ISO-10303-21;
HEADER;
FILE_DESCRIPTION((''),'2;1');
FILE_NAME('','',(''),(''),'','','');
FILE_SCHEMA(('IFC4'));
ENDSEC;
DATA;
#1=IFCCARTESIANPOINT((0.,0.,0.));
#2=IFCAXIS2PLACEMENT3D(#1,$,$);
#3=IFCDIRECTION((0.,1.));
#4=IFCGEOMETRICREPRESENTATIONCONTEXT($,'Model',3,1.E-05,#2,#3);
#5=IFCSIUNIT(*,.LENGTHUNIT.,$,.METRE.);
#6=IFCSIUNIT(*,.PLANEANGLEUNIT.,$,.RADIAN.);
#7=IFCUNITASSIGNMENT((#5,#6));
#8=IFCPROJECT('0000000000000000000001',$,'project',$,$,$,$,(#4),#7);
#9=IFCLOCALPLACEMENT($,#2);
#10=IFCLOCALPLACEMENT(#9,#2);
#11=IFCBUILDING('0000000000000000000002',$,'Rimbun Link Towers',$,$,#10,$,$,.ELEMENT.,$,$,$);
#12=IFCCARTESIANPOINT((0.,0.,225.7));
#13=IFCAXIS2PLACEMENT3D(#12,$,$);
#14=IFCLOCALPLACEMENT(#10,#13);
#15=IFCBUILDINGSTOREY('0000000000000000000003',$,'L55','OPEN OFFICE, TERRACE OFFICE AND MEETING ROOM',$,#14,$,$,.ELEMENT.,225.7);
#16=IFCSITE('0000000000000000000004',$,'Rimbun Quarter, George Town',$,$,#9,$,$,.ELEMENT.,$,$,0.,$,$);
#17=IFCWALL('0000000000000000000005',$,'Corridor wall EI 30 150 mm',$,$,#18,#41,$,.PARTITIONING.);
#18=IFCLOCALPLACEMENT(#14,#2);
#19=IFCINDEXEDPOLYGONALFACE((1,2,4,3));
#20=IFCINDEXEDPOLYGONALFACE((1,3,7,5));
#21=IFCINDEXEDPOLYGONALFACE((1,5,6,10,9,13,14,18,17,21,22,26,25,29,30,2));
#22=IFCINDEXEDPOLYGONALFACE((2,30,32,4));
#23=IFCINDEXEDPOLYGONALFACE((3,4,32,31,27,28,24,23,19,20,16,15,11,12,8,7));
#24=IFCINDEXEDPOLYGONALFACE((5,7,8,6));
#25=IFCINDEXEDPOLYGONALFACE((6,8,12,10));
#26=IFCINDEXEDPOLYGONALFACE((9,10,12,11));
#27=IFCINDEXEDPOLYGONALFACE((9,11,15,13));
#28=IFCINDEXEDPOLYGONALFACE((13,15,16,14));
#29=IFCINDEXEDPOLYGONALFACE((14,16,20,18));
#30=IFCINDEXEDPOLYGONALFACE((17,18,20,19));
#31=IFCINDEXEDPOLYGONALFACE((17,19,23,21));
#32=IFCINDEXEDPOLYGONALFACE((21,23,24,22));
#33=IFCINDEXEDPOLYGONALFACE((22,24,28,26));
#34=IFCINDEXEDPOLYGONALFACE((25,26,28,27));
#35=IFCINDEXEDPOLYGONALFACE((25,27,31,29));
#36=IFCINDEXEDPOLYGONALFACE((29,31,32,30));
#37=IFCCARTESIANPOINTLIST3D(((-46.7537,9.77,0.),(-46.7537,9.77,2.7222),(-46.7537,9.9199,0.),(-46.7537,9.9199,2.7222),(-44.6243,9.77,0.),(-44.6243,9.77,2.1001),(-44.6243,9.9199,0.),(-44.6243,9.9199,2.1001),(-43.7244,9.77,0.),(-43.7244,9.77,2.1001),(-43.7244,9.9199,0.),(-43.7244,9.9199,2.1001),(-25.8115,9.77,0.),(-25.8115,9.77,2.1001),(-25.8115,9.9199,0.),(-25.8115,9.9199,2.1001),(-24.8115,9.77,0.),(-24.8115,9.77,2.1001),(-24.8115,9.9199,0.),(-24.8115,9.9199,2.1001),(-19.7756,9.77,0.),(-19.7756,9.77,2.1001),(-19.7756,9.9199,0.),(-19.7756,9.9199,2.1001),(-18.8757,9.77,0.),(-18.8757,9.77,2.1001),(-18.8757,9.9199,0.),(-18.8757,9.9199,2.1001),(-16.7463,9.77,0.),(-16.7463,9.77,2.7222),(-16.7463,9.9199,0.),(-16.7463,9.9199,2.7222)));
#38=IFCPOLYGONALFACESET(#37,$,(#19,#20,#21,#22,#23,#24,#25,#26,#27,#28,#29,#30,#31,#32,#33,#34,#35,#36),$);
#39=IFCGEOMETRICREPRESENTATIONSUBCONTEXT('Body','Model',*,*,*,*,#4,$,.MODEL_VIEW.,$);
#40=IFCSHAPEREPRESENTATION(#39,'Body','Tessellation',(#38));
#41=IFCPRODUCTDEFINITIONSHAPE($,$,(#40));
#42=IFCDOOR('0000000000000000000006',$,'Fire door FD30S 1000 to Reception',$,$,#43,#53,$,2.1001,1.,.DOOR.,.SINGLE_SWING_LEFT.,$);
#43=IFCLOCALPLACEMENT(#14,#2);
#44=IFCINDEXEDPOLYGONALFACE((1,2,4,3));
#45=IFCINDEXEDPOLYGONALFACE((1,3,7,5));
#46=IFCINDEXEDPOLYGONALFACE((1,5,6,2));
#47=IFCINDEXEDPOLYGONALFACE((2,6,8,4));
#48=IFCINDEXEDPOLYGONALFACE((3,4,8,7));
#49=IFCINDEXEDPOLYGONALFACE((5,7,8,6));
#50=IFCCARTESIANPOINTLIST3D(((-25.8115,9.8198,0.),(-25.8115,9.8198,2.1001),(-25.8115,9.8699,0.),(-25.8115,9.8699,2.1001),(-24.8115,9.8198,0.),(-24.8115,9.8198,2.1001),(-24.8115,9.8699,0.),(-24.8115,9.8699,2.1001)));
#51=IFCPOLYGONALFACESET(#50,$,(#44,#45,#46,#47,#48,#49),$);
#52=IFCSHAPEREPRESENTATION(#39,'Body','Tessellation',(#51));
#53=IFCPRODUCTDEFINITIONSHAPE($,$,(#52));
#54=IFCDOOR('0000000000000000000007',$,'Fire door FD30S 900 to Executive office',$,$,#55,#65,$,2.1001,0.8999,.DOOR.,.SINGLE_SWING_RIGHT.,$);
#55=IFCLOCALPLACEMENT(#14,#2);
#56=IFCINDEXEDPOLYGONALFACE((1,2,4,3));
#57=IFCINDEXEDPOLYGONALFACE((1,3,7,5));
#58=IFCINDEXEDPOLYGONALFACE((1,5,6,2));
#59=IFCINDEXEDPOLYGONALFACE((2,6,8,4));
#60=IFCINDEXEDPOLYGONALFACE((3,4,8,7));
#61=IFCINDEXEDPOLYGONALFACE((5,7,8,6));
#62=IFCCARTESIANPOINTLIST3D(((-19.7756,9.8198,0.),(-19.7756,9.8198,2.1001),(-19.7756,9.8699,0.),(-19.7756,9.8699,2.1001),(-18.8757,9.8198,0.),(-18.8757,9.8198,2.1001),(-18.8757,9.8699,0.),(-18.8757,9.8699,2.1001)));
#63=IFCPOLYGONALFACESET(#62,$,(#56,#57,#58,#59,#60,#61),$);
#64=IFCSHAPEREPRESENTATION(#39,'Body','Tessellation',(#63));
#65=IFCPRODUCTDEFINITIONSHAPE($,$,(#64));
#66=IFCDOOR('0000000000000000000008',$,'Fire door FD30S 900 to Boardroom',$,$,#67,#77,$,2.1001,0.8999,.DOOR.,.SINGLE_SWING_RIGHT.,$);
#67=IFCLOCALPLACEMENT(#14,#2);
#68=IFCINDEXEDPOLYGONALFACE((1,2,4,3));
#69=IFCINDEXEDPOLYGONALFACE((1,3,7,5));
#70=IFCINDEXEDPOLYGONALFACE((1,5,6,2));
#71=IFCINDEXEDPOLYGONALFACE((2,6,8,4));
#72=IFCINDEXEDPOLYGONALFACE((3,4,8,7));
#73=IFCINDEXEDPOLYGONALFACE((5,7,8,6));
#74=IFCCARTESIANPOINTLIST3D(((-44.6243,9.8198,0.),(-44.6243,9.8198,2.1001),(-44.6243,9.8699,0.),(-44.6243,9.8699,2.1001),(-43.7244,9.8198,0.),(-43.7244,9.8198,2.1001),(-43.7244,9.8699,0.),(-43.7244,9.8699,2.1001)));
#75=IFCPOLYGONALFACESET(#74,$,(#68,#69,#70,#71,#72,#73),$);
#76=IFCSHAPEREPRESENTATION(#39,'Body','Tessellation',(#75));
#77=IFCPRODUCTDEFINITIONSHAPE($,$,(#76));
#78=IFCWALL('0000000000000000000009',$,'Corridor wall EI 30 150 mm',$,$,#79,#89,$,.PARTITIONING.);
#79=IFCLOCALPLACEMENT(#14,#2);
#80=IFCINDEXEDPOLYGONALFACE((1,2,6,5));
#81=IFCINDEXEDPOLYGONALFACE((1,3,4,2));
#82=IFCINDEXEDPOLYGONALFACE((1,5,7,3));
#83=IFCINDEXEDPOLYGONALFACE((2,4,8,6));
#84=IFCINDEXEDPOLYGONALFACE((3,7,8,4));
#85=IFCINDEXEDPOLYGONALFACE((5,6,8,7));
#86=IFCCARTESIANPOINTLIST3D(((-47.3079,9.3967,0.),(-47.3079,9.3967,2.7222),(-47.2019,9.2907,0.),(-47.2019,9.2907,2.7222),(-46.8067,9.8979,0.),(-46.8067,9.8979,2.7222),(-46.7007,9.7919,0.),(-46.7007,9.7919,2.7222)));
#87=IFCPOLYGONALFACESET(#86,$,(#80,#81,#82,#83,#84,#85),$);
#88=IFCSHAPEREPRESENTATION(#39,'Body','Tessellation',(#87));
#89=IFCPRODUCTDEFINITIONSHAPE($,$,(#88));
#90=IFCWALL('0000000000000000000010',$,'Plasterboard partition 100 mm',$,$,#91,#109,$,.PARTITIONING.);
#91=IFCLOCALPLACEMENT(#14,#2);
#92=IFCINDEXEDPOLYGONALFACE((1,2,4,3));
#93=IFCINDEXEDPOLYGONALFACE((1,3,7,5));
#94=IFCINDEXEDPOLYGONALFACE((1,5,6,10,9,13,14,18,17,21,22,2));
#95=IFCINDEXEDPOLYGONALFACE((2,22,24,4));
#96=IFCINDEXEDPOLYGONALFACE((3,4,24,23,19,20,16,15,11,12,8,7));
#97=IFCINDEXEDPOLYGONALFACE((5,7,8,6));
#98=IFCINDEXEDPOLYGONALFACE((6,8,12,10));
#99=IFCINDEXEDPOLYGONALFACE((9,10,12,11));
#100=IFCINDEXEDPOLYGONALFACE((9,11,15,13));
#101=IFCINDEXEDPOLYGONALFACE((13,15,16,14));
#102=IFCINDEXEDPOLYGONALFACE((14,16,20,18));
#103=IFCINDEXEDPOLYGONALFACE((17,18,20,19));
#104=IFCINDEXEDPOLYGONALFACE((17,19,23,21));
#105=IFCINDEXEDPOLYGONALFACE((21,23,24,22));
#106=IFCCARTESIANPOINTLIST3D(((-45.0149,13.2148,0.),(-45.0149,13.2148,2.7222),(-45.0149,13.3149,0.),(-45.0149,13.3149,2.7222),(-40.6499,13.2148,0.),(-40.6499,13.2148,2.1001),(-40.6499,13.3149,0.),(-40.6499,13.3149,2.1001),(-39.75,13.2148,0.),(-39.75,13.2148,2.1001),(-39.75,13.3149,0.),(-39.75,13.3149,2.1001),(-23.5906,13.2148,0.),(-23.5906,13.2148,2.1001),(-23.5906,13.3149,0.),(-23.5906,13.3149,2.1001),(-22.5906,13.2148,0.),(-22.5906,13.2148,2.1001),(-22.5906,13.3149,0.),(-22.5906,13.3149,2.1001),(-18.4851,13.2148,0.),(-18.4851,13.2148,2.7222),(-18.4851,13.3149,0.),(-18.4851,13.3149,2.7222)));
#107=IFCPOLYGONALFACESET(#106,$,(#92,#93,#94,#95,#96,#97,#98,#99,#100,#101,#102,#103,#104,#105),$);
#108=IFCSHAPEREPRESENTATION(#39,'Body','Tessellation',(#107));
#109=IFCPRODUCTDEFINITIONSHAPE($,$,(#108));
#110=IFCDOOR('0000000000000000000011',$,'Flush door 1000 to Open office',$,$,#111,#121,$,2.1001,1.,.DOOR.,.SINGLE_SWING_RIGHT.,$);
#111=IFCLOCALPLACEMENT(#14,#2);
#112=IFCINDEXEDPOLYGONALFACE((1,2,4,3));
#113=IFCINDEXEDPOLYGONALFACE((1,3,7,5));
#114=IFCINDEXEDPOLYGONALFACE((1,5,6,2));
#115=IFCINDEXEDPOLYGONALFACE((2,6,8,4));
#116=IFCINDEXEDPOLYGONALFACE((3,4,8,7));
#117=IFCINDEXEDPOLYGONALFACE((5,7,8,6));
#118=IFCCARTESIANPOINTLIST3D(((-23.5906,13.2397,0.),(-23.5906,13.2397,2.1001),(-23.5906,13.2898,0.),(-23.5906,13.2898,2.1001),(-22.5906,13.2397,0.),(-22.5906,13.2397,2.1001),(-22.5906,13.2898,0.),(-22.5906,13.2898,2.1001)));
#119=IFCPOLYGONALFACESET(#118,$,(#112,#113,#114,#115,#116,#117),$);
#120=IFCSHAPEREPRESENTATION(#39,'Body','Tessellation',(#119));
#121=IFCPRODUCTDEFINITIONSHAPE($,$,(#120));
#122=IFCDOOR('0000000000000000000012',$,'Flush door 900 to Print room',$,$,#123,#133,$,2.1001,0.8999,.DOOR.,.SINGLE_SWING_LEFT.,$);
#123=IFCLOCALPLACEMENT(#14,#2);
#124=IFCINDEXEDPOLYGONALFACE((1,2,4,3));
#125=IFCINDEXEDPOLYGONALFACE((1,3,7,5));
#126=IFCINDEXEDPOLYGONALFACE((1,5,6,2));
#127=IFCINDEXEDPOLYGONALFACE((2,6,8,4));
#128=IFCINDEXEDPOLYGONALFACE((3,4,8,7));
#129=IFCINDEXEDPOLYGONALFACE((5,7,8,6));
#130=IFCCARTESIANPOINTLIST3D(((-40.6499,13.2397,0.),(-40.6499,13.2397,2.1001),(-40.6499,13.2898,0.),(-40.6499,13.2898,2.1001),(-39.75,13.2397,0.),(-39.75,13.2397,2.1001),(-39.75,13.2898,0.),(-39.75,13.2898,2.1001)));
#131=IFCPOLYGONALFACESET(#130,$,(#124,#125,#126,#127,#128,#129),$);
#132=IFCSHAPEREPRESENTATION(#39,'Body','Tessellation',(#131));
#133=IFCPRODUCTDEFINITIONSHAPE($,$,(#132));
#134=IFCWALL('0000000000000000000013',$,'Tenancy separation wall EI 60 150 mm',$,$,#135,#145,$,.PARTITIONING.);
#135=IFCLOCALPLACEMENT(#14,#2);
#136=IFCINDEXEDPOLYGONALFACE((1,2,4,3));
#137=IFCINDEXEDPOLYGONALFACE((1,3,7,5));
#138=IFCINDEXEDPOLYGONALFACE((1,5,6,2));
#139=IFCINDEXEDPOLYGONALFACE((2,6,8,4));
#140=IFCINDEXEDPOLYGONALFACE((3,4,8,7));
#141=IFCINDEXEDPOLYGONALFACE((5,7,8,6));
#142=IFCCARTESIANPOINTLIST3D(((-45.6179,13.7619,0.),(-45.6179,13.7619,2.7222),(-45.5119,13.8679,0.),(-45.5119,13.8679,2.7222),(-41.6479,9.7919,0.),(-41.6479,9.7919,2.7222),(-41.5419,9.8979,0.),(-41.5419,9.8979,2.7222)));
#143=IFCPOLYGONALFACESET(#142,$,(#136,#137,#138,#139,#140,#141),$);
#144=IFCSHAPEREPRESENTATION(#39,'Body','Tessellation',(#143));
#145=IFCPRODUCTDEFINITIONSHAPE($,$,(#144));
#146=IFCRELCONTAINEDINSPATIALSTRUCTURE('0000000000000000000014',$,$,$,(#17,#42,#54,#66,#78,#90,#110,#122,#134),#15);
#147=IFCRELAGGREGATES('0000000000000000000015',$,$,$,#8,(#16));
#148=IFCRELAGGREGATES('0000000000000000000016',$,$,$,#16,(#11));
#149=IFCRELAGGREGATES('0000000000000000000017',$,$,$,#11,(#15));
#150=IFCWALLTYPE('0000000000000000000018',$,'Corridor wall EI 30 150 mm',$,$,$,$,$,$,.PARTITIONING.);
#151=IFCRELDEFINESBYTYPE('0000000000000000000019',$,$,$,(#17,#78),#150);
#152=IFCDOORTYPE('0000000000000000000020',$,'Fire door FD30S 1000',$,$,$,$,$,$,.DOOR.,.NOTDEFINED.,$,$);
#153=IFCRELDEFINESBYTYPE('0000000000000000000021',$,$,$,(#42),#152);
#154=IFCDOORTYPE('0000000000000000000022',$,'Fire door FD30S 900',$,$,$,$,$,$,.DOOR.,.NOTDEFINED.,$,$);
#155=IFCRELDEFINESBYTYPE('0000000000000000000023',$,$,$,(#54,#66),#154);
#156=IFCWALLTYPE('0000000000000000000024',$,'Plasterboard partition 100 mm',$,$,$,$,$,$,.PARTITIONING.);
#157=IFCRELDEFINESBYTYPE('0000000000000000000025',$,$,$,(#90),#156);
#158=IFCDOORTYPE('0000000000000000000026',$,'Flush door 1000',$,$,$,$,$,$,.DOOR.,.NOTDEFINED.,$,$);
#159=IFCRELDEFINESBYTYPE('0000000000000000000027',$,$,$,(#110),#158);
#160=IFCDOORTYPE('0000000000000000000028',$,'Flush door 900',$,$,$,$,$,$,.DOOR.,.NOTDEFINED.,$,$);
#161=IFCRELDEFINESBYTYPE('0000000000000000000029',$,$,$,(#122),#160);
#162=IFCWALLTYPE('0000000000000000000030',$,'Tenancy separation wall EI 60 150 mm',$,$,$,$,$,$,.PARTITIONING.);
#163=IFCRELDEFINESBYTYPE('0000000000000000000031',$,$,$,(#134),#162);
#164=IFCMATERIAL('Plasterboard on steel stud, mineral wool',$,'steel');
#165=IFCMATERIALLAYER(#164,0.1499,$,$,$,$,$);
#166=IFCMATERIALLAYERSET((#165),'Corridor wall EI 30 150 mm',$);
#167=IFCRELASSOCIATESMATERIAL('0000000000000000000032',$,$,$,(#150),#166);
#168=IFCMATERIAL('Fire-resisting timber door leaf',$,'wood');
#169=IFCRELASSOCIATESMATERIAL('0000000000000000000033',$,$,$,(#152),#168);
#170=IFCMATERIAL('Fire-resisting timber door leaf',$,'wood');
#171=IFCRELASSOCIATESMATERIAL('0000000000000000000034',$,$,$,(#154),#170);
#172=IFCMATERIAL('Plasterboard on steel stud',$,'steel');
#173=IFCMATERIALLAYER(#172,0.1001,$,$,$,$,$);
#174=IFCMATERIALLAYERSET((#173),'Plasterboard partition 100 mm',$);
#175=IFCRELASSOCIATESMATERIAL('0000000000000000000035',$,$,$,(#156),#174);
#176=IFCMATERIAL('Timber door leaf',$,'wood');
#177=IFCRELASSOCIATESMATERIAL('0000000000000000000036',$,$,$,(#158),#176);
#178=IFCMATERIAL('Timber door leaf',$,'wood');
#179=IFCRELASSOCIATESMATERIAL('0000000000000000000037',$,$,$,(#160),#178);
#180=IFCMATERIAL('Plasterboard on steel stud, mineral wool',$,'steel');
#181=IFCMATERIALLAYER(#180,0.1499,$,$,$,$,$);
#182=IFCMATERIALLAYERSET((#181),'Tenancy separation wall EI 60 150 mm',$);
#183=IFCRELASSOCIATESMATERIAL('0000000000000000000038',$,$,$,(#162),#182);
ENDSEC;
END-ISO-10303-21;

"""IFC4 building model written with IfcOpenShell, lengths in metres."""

from ifc_helpers import new_model, si_unit, direction, frame, frame_2d, origin, place, context, subcontext, project, spatial, rectangle, extrude, material, layer, layer_set, type_object, element, fill, save


model = new_model("IFC4")

# Units and contexts
model_context = context("Model", 3, precision=1e-05, world=origin(), true_north=direction((0.0, 1.0)))
body_context = subcontext(model_context, "Body", "Model", "MODEL_VIEW")
ifc_project = project(units=[si_unit("LENGTHUNIT", "METRE"), si_unit("PLANEANGLEUNIT", "RADIAN")], contexts=[model_context])

# Site, building, storey
site_placement = place(None, origin())
site = spatial("IfcSite", under=ifc_project, at=site_placement, Name="Rimbun Quarter, George Town", CompositionType="ELEMENT", RefElevation=0.0)
building_placement = place(site_placement, origin())
building = spatial("IfcBuilding", under=site, at=building_placement, Name="Rimbun Link Towers", CompositionType="ELEMENT")
storey_placement = place(building_placement, frame((0.0, 0.0, 225.7)))
storey = spatial("IfcBuildingStorey", under=building, at=storey_placement, Name="L55", Description="OPEN OFFICE, TERRACE OFFICE AND MEETING ROOM", CompositionType="ELEMENT", Elevation=225.7)

# Wall, openings, doors
ifc_material_1 = material(Name="Plasterboard on steel stud, mineral wool", Category="steel")
ifc_layer_1 = layer(ifc_material_1, 0.1499)
ifc_layer_set_1 = layer_set([ifc_layer_1], Name="Corridor wall EI 30 150 mm")
wall_type_1 = type_object("IfcWallType", Name="Corridor wall EI 30 150 mm", PredefinedType="PARTITIONING", material=ifc_layer_set_1)
wall_1_placement = place(storey_placement, frame((-46.7537, 9.845, 0.0), z_axis=(0.0, 0.0, 1.0), x_axis=(1.0, 0.0, 0.0)))
wall_1 = element("IfcWall", 1, at=wall_1_placement, inside=storey, type_object=wall_type_1, Name="Corridor wall EI 30 150 mm", PredefinedType="PARTITIONING", context=body_context, shape_type="SweptSolid", body=[
    extrude(rectangle(XDim=30.0073, YDim=0.1499, at=frame_2d((15.0037, 0.0))), origin(), (0.0, 0.0, 1.0), 2.7222),
])
opening_1_placement = place(wall_1_placement, frame((26.978, 0.0, 0.0)))
opening_1 = element("IfcOpeningElement", 2, at=opening_1_placement, cuts=wall_1, PredefinedType="OPENING", context=body_context, shape_type="SweptSolid", body=[
    extrude(rectangle(XDim=0.8999, YDim=2.1001, at=frame_2d((0.45, 1.05))), frame((0.0, 0.085, 0.0), z_axis=(0.0, -1.0, 0.0), x_axis=(1.0, 0.0, 0.0)), (0.0, 0.0, 1.0), 0.1699),
])
opening_2_placement = place(wall_1_placement, frame((20.9421, 0.0, 0.0)))
opening_2 = element("IfcOpeningElement", 3, at=opening_2_placement, cuts=wall_1, PredefinedType="OPENING", context=body_context, shape_type="SweptSolid", body=[
    extrude(rectangle(XDim=1.0, YDim=2.1001, at=frame_2d((0.5, 1.05))), frame((0.0, 0.085, 0.0), z_axis=(0.0, -1.0, 0.0), x_axis=(1.0, 0.0, 0.0)), (0.0, 0.0, 1.0), 0.1699),
])
opening_3_placement = place(wall_1_placement, frame((2.1294, 0.0, 0.0)))
opening_3 = element("IfcOpeningElement", 4, at=opening_3_placement, cuts=wall_1, PredefinedType="OPENING", context=body_context, shape_type="SweptSolid", body=[
    extrude(rectangle(XDim=0.8999, YDim=2.1001, at=frame_2d((0.45, 1.05))), frame((0.0, 0.085, 0.0), z_axis=(0.0, -1.0, 0.0), x_axis=(1.0, 0.0, 0.0)), (0.0, 0.0, 1.0), 0.1699),
])
ifc_material_2 = material(Name="Fire-resisting timber door leaf", Category="wood")
door_type_1 = type_object("IfcDoorType", Name="Fire door FD30S 1000", OperationType="NOTDEFINED", PredefinedType="DOOR", material=ifc_material_2)
door_1_placement = place(opening_2_placement, origin())
door_1 = element("IfcDoor", 5, at=door_1_placement, inside=storey, type_object=door_type_1, Name="Fire door FD30S 1000 to Reception", OperationType="SINGLE_SWING_LEFT", OverallHeight=2.1001, OverallWidth=1.0, PredefinedType="DOOR", context=body_context, shape_type="SweptSolid", body=[
    extrude(rectangle(XDim=1.0, YDim=2.1001, at=frame_2d((0.5, 1.05))), frame((0.0, 0.0249, 0.0), z_axis=(0.0, -1.0, 0.0), x_axis=(1.0, 0.0, 0.0)), (0.0, 0.0, 1.0), 0.05),
])
fill(opening_2, door_1)
ifc_material_3 = material(Name="Fire-resisting timber door leaf", Category="wood")
door_type_2 = type_object("IfcDoorType", Name="Fire door FD30S 900", OperationType="NOTDEFINED", PredefinedType="DOOR", material=ifc_material_3)
door_2_placement = place(opening_1_placement, origin())
door_2 = element("IfcDoor", 6, at=door_2_placement, inside=storey, type_object=door_type_2, Name="Fire door FD30S 900 to Executive office", OperationType="SINGLE_SWING_RIGHT", OverallHeight=2.1001, OverallWidth=0.8999, PredefinedType="DOOR", context=body_context, shape_type="SweptSolid", body=[
    extrude(rectangle(XDim=0.8999, YDim=2.1001, at=frame_2d((0.45, 1.05))), frame((0.0, 0.0249, 0.0), z_axis=(0.0, -1.0, 0.0), x_axis=(1.0, 0.0, 0.0)), (0.0, 0.0, 1.0), 0.05),
])
fill(opening_1, door_2)
door_3_placement = place(opening_3_placement, origin())
door_3 = element("IfcDoor", 7, at=door_3_placement, inside=storey, type_object=door_type_2, Name="Fire door FD30S 900 to Boardroom", OperationType="SINGLE_SWING_RIGHT", OverallHeight=2.1001, OverallWidth=0.8999, PredefinedType="DOOR", context=body_context, shape_type="SweptSolid", body=[
    extrude(rectangle(XDim=0.8999, YDim=2.1001, at=frame_2d((0.45, 1.05))), frame((0.0, 0.0249, 0.0), z_axis=(0.0, -1.0, 0.0), x_axis=(1.0, 0.0, 0.0)), (0.0, 0.0, 1.0), 0.05),
])
fill(opening_3, door_3)

# Wall
wall_2_placement = place(storey_placement, frame((-46.7537, 9.845, 0.0), z_axis=(0.0, 0.0, 1.0), x_axis=(-0.707107, -0.707107, 0.0)))
element("IfcWall", 8, at=wall_2_placement, inside=storey, type_object=wall_type_1, Name="Corridor wall EI 30 150 mm", PredefinedType="PARTITIONING", context=body_context, shape_type="SweptSolid", body=[
    extrude(rectangle(XDim=0.7087, YDim=0.1499, at=frame_2d((0.3545, 0.0))), origin(), (0.0, 0.0, 1.0), 2.7222),
])

# Wall, openings, doors
ifc_material_4 = material(Name="Plasterboard on steel stud", Category="steel")
ifc_layer_2 = layer(ifc_material_4, 0.1001)
ifc_layer_set_2 = layer_set([ifc_layer_2], Name="Plasterboard partition 100 mm")
wall_type_2 = type_object("IfcWallType", Name="Plasterboard partition 100 mm", PredefinedType="PARTITIONING", material=ifc_layer_set_2)
wall_3_placement = place(storey_placement, frame((-45.0149, 13.2649, 0.0), z_axis=(0.0, 0.0, 1.0), x_axis=(1.0, 0.0, 0.0)))
wall_3 = element("IfcWall", 9, at=wall_3_placement, inside=storey, type_object=wall_type_2, Name="Plasterboard partition 100 mm", PredefinedType="PARTITIONING", context=body_context, shape_type="SweptSolid", body=[
    extrude(rectangle(XDim=26.5298, YDim=0.1001, at=frame_2d((13.2649, 0.0))), origin(), (0.0, 0.0, 1.0), 2.7222),
])
opening_4_placement = place(wall_3_placement, frame((21.4243, 0.0, 0.0)))
opening_4 = element("IfcOpeningElement", 10, at=opening_4_placement, cuts=wall_3, PredefinedType="OPENING", context=body_context, shape_type="SweptSolid", body=[
    extrude(rectangle(XDim=1.0, YDim=2.1001, at=frame_2d((0.5, 1.05))), frame((0.0, 0.0601, 0.0), z_axis=(0.0, -1.0, 0.0), x_axis=(1.0, 0.0, 0.0)), (0.0, 0.0, 1.0), 0.1201),
])
opening_5_placement = place(wall_3_placement, frame((4.365, 0.0, 0.0)))
opening_5 = element("IfcOpeningElement", 11, at=opening_5_placement, cuts=wall_3, PredefinedType="OPENING", context=body_context, shape_type="SweptSolid", body=[
    extrude(rectangle(XDim=0.8999, YDim=2.1001, at=frame_2d((0.45, 1.05))), frame((0.0, 0.0601, 0.0), z_axis=(0.0, -1.0, 0.0), x_axis=(1.0, 0.0, 0.0)), (0.0, 0.0, 1.0), 0.1201),
])
ifc_material_5 = material(Name="Timber door leaf", Category="wood")
door_type_3 = type_object("IfcDoorType", Name="Flush door 1000", OperationType="NOTDEFINED", PredefinedType="DOOR", material=ifc_material_5)
door_4_placement = place(opening_4_placement, origin())
door_4 = element("IfcDoor", 12, at=door_4_placement, inside=storey, type_object=door_type_3, Name="Flush door 1000 to Open office", OperationType="SINGLE_SWING_RIGHT", OverallHeight=2.1001, OverallWidth=1.0, PredefinedType="DOOR", context=body_context, shape_type="SweptSolid", body=[
    extrude(rectangle(XDim=1.0, YDim=2.1001, at=frame_2d((0.5, 1.05))), frame((0.0, 0.0249, 0.0), z_axis=(0.0, -1.0, 0.0), x_axis=(1.0, 0.0, 0.0)), (0.0, 0.0, 1.0), 0.05),
])
fill(opening_4, door_4)
ifc_material_6 = material(Name="Timber door leaf", Category="wood")
door_type_4 = type_object("IfcDoorType", Name="Flush door 900", OperationType="NOTDEFINED", PredefinedType="DOOR", material=ifc_material_6)
door_5_placement = place(opening_5_placement, origin())
door_5 = element("IfcDoor", 13, at=door_5_placement, inside=storey, type_object=door_type_4, Name="Flush door 900 to Print room", OperationType="SINGLE_SWING_LEFT", OverallHeight=2.1001, OverallWidth=0.8999, PredefinedType="DOOR", context=body_context, shape_type="SweptSolid", body=[
    extrude(rectangle(XDim=0.8999, YDim=2.1001, at=frame_2d((0.45, 1.05))), frame((0.0, 0.0249, 0.0), z_axis=(0.0, -1.0, 0.0), x_axis=(1.0, 0.0, 0.0)), (0.0, 0.0, 1.0), 0.05),
])
fill(opening_5, door_5)

# Wall
ifc_material_7 = material(Name="Plasterboard on steel stud, mineral wool", Category="steel")
ifc_layer_3 = layer(ifc_material_7, 0.1499)
ifc_layer_set_3 = layer_set([ifc_layer_3], Name="Tenancy separation wall EI 60 150 mm")
wall_type_3 = type_object("IfcWallType", Name="Tenancy separation wall EI 60 150 mm", PredefinedType="PARTITIONING", material=ifc_layer_set_3)
wall_4_placement = place(storey_placement, frame((-41.595, 9.845, 0.0), z_axis=(0.0, 0.0, 1.0), x_axis=(-0.707107, 0.707107, 0.0)))
element("IfcWall", 14, at=wall_4_placement, inside=storey, type_object=wall_type_3, Name="Tenancy separation wall EI 60 150 mm", PredefinedType="PARTITIONING", context=body_context, shape_type="SweptSolid", body=[
    extrude(rectangle(XDim=5.6145, YDim=0.1499, at=frame_2d((2.8071, 0.0))), origin(), (0.0, 0.0, 1.0), 2.7222),
])

save(model, "model.ifc")
